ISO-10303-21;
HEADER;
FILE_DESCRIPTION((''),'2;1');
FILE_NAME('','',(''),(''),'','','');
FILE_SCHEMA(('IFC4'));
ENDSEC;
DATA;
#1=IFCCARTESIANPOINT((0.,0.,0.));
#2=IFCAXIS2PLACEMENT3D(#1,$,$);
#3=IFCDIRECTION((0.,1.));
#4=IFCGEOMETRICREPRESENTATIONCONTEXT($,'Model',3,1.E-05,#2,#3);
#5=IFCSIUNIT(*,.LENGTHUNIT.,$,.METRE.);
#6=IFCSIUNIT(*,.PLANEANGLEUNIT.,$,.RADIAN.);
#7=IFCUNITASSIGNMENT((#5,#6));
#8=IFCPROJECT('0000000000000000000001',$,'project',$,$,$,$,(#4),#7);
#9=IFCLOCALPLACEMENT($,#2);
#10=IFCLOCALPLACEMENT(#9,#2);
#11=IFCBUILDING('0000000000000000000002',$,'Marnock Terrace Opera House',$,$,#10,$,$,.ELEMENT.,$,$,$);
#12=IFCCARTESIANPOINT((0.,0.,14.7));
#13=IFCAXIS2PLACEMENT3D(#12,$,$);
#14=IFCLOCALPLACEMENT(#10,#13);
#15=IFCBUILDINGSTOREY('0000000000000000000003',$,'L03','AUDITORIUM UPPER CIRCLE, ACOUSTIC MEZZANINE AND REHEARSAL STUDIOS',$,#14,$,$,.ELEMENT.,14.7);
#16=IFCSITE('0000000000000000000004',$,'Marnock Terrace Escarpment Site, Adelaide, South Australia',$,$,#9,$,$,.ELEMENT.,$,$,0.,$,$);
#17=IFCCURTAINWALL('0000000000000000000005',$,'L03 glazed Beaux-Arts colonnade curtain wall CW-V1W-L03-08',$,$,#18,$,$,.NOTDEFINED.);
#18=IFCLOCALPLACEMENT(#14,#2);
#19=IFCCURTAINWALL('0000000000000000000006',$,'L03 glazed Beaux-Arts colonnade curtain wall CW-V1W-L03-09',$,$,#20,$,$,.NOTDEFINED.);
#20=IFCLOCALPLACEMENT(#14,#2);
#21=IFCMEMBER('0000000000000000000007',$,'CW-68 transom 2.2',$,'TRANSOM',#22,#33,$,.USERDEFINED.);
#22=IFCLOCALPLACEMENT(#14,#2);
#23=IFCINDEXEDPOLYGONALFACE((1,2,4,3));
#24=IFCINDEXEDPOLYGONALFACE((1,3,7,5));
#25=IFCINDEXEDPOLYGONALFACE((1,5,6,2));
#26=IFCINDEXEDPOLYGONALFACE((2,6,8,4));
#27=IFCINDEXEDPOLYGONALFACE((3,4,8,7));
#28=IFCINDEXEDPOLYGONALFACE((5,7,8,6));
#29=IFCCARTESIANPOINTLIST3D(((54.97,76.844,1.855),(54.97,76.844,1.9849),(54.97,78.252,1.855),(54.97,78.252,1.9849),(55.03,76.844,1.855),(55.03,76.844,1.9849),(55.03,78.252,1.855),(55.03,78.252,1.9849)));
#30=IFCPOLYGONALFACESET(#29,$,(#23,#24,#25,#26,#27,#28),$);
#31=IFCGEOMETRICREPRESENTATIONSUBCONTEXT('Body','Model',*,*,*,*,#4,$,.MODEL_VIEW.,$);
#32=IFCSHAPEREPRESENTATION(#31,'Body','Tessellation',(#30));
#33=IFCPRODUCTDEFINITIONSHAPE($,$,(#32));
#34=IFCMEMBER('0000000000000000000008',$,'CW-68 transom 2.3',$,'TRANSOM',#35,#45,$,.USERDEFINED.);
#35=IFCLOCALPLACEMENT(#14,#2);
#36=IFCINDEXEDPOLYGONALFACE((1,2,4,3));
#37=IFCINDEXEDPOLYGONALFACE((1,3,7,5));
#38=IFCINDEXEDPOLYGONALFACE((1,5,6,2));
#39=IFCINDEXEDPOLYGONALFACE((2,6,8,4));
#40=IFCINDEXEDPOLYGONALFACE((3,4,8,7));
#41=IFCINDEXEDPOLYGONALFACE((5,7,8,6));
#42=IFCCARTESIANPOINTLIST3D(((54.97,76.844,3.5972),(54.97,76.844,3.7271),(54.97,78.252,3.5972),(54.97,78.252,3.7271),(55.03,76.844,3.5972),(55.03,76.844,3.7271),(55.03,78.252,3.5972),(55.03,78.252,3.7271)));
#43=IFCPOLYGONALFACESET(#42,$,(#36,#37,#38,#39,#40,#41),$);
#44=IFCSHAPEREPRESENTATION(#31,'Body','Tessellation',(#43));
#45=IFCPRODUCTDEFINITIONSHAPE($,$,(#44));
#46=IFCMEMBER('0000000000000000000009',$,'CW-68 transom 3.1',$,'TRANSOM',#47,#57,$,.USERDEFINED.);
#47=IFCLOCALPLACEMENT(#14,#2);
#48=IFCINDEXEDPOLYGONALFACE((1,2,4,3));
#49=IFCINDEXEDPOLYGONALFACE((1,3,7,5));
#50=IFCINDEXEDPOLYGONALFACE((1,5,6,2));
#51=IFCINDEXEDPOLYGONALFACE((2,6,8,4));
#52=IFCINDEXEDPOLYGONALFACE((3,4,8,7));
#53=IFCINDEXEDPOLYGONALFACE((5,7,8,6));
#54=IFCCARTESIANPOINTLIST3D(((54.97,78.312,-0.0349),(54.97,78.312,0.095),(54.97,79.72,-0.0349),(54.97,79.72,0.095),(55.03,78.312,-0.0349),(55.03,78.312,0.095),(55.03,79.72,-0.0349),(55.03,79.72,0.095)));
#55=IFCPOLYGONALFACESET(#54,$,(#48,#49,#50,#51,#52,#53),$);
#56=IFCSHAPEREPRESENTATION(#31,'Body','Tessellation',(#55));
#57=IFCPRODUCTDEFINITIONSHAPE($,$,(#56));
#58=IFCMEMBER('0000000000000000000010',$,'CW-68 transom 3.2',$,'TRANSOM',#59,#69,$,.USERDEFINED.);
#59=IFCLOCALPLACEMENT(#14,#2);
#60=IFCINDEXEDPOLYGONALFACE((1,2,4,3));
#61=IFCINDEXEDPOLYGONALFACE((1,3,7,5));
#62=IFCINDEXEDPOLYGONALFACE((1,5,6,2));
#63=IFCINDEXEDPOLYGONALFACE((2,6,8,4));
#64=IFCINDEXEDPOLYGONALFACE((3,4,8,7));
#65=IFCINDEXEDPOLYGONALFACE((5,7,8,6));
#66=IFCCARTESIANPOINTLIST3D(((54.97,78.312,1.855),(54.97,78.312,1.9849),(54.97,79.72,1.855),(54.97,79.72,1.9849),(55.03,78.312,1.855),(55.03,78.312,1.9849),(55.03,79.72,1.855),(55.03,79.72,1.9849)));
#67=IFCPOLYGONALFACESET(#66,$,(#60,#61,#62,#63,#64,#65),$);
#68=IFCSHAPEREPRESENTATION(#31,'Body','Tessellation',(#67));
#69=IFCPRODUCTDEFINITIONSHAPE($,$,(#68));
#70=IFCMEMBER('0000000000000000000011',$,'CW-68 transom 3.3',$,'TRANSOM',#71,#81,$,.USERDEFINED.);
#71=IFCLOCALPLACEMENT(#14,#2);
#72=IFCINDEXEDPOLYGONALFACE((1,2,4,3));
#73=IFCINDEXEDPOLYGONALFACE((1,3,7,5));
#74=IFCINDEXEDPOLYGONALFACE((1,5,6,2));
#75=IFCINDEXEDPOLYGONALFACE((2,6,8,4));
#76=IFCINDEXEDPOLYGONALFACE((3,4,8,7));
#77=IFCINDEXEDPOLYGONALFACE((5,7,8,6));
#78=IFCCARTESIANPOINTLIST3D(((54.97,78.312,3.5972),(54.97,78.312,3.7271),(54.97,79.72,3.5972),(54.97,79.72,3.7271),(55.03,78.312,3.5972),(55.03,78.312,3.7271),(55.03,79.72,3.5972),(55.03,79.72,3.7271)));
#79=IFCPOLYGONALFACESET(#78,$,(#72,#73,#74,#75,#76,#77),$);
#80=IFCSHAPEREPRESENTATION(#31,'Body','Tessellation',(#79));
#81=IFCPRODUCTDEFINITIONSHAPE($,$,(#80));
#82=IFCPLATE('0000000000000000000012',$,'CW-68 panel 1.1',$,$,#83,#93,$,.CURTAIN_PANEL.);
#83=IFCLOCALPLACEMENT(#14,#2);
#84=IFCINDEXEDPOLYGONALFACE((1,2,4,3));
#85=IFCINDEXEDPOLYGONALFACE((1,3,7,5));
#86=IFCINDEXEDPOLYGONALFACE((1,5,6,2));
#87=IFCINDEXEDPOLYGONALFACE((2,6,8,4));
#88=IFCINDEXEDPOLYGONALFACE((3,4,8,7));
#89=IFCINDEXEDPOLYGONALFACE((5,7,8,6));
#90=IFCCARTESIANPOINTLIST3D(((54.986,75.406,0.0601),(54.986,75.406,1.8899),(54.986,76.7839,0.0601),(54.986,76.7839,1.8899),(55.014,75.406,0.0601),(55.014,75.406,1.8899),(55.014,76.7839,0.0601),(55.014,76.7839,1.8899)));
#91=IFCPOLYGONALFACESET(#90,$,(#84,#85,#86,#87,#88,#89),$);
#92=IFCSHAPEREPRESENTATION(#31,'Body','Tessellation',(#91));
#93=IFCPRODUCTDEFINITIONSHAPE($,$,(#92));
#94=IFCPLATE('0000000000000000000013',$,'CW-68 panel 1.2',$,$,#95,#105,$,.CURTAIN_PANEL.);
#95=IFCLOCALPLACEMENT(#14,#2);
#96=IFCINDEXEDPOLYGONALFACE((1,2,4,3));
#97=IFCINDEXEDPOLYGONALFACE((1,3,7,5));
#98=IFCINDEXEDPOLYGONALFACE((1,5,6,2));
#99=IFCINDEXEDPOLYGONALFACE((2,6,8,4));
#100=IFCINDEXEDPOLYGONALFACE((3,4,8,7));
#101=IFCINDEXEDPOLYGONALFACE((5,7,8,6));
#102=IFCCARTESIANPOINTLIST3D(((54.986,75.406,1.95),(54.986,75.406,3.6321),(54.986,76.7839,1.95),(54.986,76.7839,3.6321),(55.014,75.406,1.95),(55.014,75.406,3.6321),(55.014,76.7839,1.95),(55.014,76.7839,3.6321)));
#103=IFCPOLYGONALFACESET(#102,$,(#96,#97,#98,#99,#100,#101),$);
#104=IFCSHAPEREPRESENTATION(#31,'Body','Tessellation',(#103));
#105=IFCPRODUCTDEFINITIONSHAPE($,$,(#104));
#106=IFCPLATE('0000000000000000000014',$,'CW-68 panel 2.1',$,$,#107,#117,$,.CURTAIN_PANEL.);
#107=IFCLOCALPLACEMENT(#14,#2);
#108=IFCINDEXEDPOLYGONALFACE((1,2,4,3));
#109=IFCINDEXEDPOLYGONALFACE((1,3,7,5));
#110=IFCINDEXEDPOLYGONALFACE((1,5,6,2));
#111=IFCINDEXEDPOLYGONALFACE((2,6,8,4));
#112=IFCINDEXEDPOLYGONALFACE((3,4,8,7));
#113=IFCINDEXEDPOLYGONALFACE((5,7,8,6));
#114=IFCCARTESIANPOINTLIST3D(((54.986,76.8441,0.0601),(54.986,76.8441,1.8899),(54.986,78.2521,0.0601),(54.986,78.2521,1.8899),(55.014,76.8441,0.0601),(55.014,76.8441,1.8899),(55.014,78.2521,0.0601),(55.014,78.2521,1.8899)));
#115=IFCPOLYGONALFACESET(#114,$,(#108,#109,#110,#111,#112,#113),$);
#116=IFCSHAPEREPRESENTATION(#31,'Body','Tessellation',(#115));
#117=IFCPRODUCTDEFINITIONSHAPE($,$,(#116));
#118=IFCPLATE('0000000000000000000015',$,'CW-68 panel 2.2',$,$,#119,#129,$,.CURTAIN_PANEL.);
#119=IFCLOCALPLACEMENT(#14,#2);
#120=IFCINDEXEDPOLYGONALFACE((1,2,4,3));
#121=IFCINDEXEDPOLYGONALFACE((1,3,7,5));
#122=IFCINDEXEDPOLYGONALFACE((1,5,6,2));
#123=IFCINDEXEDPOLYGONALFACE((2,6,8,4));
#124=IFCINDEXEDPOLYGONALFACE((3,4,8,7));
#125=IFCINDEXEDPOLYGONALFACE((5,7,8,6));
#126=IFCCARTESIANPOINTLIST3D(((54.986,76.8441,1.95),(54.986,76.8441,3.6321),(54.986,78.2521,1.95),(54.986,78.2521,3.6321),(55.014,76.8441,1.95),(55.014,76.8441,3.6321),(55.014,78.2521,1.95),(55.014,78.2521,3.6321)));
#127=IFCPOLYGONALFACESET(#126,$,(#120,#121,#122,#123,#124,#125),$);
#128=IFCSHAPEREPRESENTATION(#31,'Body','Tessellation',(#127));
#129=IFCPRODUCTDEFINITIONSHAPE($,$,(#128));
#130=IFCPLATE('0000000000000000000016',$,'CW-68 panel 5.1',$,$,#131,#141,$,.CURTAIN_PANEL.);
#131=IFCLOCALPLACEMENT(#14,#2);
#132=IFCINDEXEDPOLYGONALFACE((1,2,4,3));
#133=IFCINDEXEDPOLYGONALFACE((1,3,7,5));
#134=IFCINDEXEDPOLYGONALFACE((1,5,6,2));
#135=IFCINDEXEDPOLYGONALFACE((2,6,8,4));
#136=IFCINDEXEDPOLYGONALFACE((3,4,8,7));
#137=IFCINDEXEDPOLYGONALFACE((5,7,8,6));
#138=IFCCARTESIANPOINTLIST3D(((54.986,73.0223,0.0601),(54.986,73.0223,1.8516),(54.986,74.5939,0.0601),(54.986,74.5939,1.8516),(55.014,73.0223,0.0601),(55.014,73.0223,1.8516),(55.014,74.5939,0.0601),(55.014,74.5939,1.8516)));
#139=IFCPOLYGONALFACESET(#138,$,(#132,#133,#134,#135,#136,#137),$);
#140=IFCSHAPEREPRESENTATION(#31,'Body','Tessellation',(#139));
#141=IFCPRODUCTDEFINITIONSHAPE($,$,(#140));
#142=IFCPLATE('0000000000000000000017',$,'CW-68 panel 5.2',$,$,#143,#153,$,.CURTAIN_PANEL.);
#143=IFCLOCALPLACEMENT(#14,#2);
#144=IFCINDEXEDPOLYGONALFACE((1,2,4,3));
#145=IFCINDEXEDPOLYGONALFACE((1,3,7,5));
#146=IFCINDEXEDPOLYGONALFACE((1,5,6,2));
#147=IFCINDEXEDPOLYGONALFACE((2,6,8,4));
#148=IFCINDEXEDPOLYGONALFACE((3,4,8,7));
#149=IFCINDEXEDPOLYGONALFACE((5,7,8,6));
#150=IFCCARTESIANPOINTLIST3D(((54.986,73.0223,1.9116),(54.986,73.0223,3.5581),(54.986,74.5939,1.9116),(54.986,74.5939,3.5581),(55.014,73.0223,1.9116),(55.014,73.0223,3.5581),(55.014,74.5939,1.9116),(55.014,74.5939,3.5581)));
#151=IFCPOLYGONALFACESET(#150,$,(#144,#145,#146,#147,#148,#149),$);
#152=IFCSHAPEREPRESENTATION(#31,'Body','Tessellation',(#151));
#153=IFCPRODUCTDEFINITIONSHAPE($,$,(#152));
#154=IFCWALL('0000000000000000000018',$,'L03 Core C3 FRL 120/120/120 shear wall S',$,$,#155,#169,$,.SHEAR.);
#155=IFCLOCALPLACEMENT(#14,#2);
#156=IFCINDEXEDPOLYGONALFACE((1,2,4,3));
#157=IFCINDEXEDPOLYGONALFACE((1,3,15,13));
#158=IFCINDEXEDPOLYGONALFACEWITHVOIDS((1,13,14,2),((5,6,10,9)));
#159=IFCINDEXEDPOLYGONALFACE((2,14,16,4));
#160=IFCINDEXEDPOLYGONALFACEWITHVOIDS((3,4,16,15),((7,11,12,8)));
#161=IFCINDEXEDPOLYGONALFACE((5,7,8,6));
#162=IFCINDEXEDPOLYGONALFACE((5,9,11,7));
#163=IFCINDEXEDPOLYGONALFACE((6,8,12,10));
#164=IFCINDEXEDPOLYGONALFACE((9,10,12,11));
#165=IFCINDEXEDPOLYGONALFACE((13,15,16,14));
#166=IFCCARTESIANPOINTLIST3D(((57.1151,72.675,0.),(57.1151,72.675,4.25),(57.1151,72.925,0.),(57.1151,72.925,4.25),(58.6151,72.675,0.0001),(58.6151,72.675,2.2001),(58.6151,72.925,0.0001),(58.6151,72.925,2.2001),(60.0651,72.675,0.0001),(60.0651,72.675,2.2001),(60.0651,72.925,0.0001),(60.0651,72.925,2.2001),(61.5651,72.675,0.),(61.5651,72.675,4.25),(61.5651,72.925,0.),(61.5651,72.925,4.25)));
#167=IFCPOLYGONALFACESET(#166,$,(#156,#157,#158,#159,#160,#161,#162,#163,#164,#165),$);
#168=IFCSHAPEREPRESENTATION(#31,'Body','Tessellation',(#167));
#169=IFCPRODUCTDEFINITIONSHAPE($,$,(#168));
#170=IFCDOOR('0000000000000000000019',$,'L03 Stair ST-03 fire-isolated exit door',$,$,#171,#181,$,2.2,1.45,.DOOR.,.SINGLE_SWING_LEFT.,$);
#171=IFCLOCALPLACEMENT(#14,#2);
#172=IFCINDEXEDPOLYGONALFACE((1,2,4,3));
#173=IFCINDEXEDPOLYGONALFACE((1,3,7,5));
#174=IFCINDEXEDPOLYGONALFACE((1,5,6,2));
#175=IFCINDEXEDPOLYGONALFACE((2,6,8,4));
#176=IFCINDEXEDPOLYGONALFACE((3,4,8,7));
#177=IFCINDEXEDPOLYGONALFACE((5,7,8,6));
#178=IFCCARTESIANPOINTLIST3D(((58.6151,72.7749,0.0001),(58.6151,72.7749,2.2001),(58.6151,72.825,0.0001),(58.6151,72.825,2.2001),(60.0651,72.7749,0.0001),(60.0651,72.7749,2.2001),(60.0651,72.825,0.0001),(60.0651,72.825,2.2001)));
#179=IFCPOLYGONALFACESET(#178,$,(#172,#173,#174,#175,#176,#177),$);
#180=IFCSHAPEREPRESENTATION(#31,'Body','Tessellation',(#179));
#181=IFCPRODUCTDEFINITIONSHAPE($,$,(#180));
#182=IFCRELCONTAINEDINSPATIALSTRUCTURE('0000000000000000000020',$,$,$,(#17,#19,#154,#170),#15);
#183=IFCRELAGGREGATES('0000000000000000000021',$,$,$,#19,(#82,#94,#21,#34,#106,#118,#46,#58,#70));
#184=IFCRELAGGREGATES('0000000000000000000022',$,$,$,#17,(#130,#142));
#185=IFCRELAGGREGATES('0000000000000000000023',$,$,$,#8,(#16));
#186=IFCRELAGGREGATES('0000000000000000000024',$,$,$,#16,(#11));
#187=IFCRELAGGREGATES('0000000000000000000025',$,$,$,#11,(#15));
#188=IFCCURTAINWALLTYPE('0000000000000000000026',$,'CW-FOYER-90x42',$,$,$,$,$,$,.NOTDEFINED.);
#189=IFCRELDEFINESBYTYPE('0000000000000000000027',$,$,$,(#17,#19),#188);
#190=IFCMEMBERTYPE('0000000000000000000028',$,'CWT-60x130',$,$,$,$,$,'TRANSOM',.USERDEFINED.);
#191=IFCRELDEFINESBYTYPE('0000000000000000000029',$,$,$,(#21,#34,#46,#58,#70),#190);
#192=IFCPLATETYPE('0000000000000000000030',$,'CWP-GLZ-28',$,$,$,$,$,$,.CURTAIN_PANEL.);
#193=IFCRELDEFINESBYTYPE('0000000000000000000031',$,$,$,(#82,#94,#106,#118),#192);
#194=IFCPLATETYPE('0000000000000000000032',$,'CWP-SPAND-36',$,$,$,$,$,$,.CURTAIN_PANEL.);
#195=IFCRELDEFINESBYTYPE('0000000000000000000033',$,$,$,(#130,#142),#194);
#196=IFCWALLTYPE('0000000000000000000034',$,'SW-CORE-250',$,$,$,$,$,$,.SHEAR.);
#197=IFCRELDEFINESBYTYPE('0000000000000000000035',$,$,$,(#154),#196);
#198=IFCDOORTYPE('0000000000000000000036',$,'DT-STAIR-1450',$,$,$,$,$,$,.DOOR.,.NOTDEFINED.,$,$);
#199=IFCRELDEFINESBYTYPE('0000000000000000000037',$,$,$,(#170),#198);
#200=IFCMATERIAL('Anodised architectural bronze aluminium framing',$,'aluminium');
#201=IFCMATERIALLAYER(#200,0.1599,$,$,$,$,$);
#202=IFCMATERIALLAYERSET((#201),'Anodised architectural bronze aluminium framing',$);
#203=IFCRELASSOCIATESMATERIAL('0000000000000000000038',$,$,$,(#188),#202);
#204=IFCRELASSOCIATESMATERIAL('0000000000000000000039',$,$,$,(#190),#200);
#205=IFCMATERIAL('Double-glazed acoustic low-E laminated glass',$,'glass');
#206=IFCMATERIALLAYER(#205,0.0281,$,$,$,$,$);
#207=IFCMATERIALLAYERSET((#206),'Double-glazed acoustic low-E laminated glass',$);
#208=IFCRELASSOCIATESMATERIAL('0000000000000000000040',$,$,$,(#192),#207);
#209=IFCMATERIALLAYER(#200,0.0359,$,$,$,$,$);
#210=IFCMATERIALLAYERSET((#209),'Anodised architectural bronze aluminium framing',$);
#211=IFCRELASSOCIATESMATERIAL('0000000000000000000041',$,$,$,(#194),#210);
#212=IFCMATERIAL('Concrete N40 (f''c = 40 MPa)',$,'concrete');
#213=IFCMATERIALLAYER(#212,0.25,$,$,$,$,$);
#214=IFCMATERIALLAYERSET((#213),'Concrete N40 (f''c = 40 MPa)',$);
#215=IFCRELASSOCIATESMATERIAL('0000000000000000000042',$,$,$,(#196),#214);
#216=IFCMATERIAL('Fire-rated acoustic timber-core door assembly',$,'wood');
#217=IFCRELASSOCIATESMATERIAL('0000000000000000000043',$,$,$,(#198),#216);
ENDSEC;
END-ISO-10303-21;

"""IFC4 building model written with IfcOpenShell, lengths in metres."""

from ifc_helpers import new_model, si_unit, direction, frame, frame_2d, origin, origin_2d, place, context, subcontext, project, spatial, rectangle, extrude, material, layer, layer_set, material_profile, profile_set, type_object, element, fill, aggregate, save


model = new_model("IFC4")

# Units and contexts
model_context = context("Model", 3, precision=1e-05, world=origin(), true_north=direction((0.0, 1.0)))
body_context = subcontext(model_context, "Body", "Model", "MODEL_VIEW")
ifc_project = project(units=[si_unit("LENGTHUNIT", "METRE"), si_unit("PLANEANGLEUNIT", "RADIAN")], contexts=[model_context])

# Site, building, storey
site_placement = place(None, origin())
site = spatial("IfcSite", under=ifc_project, at=site_placement, Name="Marnock Terrace Escarpment Site, Adelaide, South Australia", CompositionType="ELEMENT", RefElevation=0.0)
building_placement = place(site_placement, origin())
building = spatial("IfcBuilding", under=site, at=building_placement, Name="Marnock Terrace Opera House", CompositionType="ELEMENT")
storey_placement = place(building_placement, frame((0.0, 0.0, 14.7)))
storey = spatial("IfcBuildingStorey", under=building, at=storey_placement, Name="L03", Description="AUDITORIUM UPPER CIRCLE, ACOUSTIC MEZZANINE AND REHEARSAL STUDIOS", CompositionType="ELEMENT", Elevation=14.7)

# Shared definitions
ifc_material_1 = material(Name="Concrete N40 (f'c = 40 MPa)", Category="concrete")

# Curtain walls
ifc_material_2 = material(Name="Anodised architectural bronze aluminium framing", Category="aluminium")
ifc_layer_1 = layer(ifc_material_2, 0.1599)
ifc_layer_set_1 = layer_set([ifc_layer_1], Name="Anodised architectural bronze aluminium framing")
curtain_wall_type = type_object("IfcCurtainWallType", Name="CW-FOYER-90x42", PredefinedType="NOTDEFINED", material=ifc_layer_set_1)
curtain_wall_1_placement = place(storey_placement, origin())
curtain_wall_1 = element("IfcCurtainWall", 1, at=curtain_wall_1_placement, inside=storey, type_object=curtain_wall_type, Name="L03 glazed Beaux-Arts colonnade curtain wall CW-V1W-L03-08", PredefinedType="NOTDEFINED")
curtain_wall_2_placement = place(storey_placement, origin())
curtain_wall_2 = element("IfcCurtainWall", 2, at=curtain_wall_2_placement, inside=storey, type_object=curtain_wall_type, Name="L03 glazed Beaux-Arts colonnade curtain wall CW-V1W-L03-09", PredefinedType="NOTDEFINED")

# Members
ifc_material_profile_1 = material_profile(ifc_material_2, rectangle(XDim=0.0601, YDim=0.1299, at=origin_2d()))
ifc_profile_set_1 = profile_set([ifc_material_profile_1], Name="Anodised architectural bronze aluminium framing")
member_type_1 = type_object("IfcMemberType", Name="CWT-60x130", ElementType="TRANSOM", PredefinedType="USERDEFINED", material=ifc_profile_set_1)
member_1_placement = place(storey_placement, frame((55.0, 76.844, 1.9199), z_axis=(0.0, 1.0, 0.0), x_axis=(-1.0, 0.0, 0.0)))
member_1 = element("IfcMember", 3, at=member_1_placement, type_object=member_type_1, Name="CW-68 transom 2.2", ObjectType="TRANSOM", PredefinedType="USERDEFINED", context=body_context, shape_type="SweptSolid", body=[
    extrude(rectangle(XDim=0.0601, YDim=0.1299, at=origin_2d()), origin(), (0.0, 0.0, 1.0), 1.408),
])
member_2_placement = place(storey_placement, frame((55.0, 76.844, 3.6621), z_axis=(0.0, 1.0, 0.0), x_axis=(-1.0, 0.0, 0.0)))
member_2 = element("IfcMember", 4, at=member_2_placement, type_object=member_type_1, Name="CW-68 transom 2.3", ObjectType="TRANSOM", PredefinedType="USERDEFINED", context=body_context, shape_type="SweptSolid", body=[
    extrude(rectangle(XDim=0.0601, YDim=0.1299, at=origin_2d()), origin(), (0.0, 0.0, 1.0), 1.408),
])
member_3_placement = place(storey_placement, frame((55.0, 78.312, 0.03), z_axis=(0.0, 1.0, 0.0), x_axis=(-1.0, 0.0, 0.0)))
member_3 = element("IfcMember", 5, at=member_3_placement, type_object=member_type_1, Name="CW-68 transom 3.1", ObjectType="TRANSOM", PredefinedType="USERDEFINED", context=body_context, shape_type="SweptSolid", body=[
    extrude(rectangle(XDim=0.0601, YDim=0.1299, at=origin_2d()), origin(), (0.0, 0.0, 1.0), 1.408),
])
member_4_placement = place(storey_placement, frame((55.0, 78.312, 1.9199), z_axis=(0.0, 1.0, 0.0), x_axis=(-1.0, 0.0, 0.0)))
member_4 = element("IfcMember", 6, at=member_4_placement, type_object=member_type_1, Name="CW-68 transom 3.2", ObjectType="TRANSOM", PredefinedType="USERDEFINED", context=body_context, shape_type="SweptSolid", body=[
    extrude(rectangle(XDim=0.0601, YDim=0.1299, at=origin_2d()), origin(), (0.0, 0.0, 1.0), 1.408),
])
member_5_placement = place(storey_placement, frame((55.0, 78.312, 3.6621), z_axis=(0.0, 1.0, 0.0), x_axis=(-1.0, 0.0, 0.0)))
member_5 = element("IfcMember", 7, at=member_5_placement, type_object=member_type_1, Name="CW-68 transom 3.3", ObjectType="TRANSOM", PredefinedType="USERDEFINED", context=body_context, shape_type="SweptSolid", body=[
    extrude(rectangle(XDim=0.0601, YDim=0.1299, at=origin_2d()), origin(), (0.0, 0.0, 1.0), 1.408),
])

# Plates
ifc_material_3 = material(Name="Double-glazed acoustic low-E laminated glass", Category="glass")
ifc_layer_2 = layer(ifc_material_3, 0.0281)
ifc_layer_set_2 = layer_set([ifc_layer_2], Name="Double-glazed acoustic low-E laminated glass")
plate_type_1 = type_object("IfcPlateType", Name="CWP-GLZ-28", PredefinedType="CURTAIN_PANEL", material=ifc_layer_set_2)
plate_1_placement = place(storey_placement, frame((55.0, 76.095, 0.0601), z_axis=(0.0, 0.0, 1.0), x_axis=(0.0, 1.0, 0.0)))
plate_1 = element("IfcPlate", 8, at=plate_1_placement, type_object=plate_type_1, Name="CW-68 panel 1.1", PredefinedType="CURTAIN_PANEL", context=body_context, shape_type="SweptSolid", body=[
    extrude(rectangle(XDim=1.3779, YDim=0.0281, at=origin_2d()), origin(), (0.0, 0.0, 1.0), 1.8298),
])
plate_2_placement = place(storey_placement, frame((55.0, 76.095, 1.95), z_axis=(0.0, 0.0, 1.0), x_axis=(0.0, 1.0, 0.0)))
plate_2 = element("IfcPlate", 9, at=plate_2_placement, type_object=plate_type_1, Name="CW-68 panel 1.2", PredefinedType="CURTAIN_PANEL", context=body_context, shape_type="SweptSolid", body=[
    extrude(rectangle(XDim=1.3779, YDim=0.0281, at=origin_2d()), origin(), (0.0, 0.0, 1.0), 1.6821),
])
plate_3_placement = place(storey_placement, frame((55.0, 77.5481, 0.0601), z_axis=(0.0, 0.0, 1.0), x_axis=(0.0, 1.0, 0.0)))
plate_3 = element("IfcPlate", 10, at=plate_3_placement, type_object=plate_type_1, Name="CW-68 panel 2.1", PredefinedType="CURTAIN_PANEL", context=body_context, shape_type="SweptSolid", body=[
    extrude(rectangle(XDim=1.408, YDim=0.0281, at=origin_2d()), origin(), (0.0, 0.0, 1.0), 1.8298),
])
plate_4_placement = place(storey_placement, frame((55.0, 77.5481, 1.95), z_axis=(0.0, 0.0, 1.0), x_axis=(0.0, 1.0, 0.0)))
plate_4 = element("IfcPlate", 11, at=plate_4_placement, type_object=plate_type_1, Name="CW-68 panel 2.2", PredefinedType="CURTAIN_PANEL", context=body_context, shape_type="SweptSolid", body=[
    extrude(rectangle(XDim=1.408, YDim=0.0281, at=origin_2d()), origin(), (0.0, 0.0, 1.0), 1.6821),
])
aggregate(curtain_wall_2, [plate_1, plate_2, member_1, member_2, plate_3, plate_4, member_3, member_4, member_5])
ifc_layer_3 = layer(ifc_material_2, 0.0359)
ifc_layer_set_3 = layer_set([ifc_layer_3], Name="Anodised architectural bronze aluminium framing")
plate_type_2 = type_object("IfcPlateType", Name="CWP-SPAND-36", PredefinedType="CURTAIN_PANEL", material=ifc_layer_set_3)
plate_5_placement = place(storey_placement, frame((55.0, 73.8081, 0.0601), z_axis=(0.0, 0.0, 1.0), x_axis=(0.0, 1.0, 0.0)))
plate_5 = element("IfcPlate", 12, at=plate_5_placement, type_object=plate_type_2, Name="CW-68 panel 5.1", PredefinedType="CURTAIN_PANEL", context=body_context, shape_type="SweptSolid", body=[
    extrude(rectangle(XDim=1.5715, YDim=0.0281, at=origin_2d()), origin(), (0.0, 0.0, 1.0), 1.7915),
])
plate_6_placement = place(storey_placement, frame((55.0, 73.8081, 1.9116), z_axis=(0.0, 0.0, 1.0), x_axis=(0.0, 1.0, 0.0)))
plate_6 = element("IfcPlate", 13, at=plate_6_placement, type_object=plate_type_2, Name="CW-68 panel 5.2", PredefinedType="CURTAIN_PANEL", context=body_context, shape_type="SweptSolid", body=[
    extrude(rectangle(XDim=1.5715, YDim=0.0281, at=origin_2d()), origin(), (0.0, 0.0, 1.0), 1.6465),
])
aggregate(curtain_wall_1, [plate_5, plate_6])

# Wall, opening, door
ifc_layer_4 = layer(ifc_material_1, 0.25)
ifc_layer_set_4 = layer_set([ifc_layer_4], Name="Concrete N40 (f'c = 40 MPa)")
wall_type = type_object("IfcWallType", Name="SW-CORE-250", PredefinedType="SHEAR", material=ifc_layer_set_4)
wall_placement = place(storey_placement, frame((57.115, 72.8, 0.0), z_axis=(0.0, 0.0, 1.0), x_axis=(1.0, 0.0, 0.0)))
wall = element("IfcWall", 14, at=wall_placement, inside=storey, type_object=wall_type, Name="L03 Core C3 FRL 120/120/120 shear wall S", PredefinedType="SHEAR", context=body_context, shape_type="SweptSolid", body=[
    extrude(rectangle(XDim=4.45, YDim=0.25, at=frame_2d((2.2251, 0.0))), origin(), (0.0, 0.0, 1.0), 4.25),
])
opening_placement = place(wall_placement, frame((1.5, 0.0, 0.0)))
opening = element("IfcOpeningElement", 15, at=opening_placement, cuts=wall, PredefinedType="OPENING", context=body_context, shape_type="SweptSolid", body=[
    extrude(rectangle(XDim=1.45, YDim=2.2, at=frame_2d((0.7251, 1.1001))), frame((0.0, 0.135, 0.0), z_axis=(0.0, -1.0, 0.0), x_axis=(1.0, 0.0, 0.0)), (0.0, 0.0, 1.0), 0.27),
])
ifc_material_4 = material(Name="Fire-rated acoustic timber-core door assembly", Category="wood")
door_type = type_object("IfcDoorType", Name="DT-STAIR-1450", OperationType="NOTDEFINED", PredefinedType="DOOR", material=ifc_material_4)
door_placement = place(opening_placement, origin())
door = element("IfcDoor", 16, at=door_placement, inside=storey, type_object=door_type, Name="L03 Stair ST-03 fire-isolated exit door", OperationType="SINGLE_SWING_LEFT", OverallHeight=2.2, OverallWidth=1.45, PredefinedType="DOOR", context=body_context, shape_type="SweptSolid", body=[
    extrude(rectangle(XDim=1.45, YDim=2.2, at=frame_2d((0.7251, 1.1001))), frame((0.0, 0.0249, 0.0), z_axis=(0.0, -1.0, 0.0), x_axis=(1.0, 0.0, 0.0)), (0.0, 0.0, 1.0), 0.05),
])
fill(opening, door)

save(model, "model.ifc")
